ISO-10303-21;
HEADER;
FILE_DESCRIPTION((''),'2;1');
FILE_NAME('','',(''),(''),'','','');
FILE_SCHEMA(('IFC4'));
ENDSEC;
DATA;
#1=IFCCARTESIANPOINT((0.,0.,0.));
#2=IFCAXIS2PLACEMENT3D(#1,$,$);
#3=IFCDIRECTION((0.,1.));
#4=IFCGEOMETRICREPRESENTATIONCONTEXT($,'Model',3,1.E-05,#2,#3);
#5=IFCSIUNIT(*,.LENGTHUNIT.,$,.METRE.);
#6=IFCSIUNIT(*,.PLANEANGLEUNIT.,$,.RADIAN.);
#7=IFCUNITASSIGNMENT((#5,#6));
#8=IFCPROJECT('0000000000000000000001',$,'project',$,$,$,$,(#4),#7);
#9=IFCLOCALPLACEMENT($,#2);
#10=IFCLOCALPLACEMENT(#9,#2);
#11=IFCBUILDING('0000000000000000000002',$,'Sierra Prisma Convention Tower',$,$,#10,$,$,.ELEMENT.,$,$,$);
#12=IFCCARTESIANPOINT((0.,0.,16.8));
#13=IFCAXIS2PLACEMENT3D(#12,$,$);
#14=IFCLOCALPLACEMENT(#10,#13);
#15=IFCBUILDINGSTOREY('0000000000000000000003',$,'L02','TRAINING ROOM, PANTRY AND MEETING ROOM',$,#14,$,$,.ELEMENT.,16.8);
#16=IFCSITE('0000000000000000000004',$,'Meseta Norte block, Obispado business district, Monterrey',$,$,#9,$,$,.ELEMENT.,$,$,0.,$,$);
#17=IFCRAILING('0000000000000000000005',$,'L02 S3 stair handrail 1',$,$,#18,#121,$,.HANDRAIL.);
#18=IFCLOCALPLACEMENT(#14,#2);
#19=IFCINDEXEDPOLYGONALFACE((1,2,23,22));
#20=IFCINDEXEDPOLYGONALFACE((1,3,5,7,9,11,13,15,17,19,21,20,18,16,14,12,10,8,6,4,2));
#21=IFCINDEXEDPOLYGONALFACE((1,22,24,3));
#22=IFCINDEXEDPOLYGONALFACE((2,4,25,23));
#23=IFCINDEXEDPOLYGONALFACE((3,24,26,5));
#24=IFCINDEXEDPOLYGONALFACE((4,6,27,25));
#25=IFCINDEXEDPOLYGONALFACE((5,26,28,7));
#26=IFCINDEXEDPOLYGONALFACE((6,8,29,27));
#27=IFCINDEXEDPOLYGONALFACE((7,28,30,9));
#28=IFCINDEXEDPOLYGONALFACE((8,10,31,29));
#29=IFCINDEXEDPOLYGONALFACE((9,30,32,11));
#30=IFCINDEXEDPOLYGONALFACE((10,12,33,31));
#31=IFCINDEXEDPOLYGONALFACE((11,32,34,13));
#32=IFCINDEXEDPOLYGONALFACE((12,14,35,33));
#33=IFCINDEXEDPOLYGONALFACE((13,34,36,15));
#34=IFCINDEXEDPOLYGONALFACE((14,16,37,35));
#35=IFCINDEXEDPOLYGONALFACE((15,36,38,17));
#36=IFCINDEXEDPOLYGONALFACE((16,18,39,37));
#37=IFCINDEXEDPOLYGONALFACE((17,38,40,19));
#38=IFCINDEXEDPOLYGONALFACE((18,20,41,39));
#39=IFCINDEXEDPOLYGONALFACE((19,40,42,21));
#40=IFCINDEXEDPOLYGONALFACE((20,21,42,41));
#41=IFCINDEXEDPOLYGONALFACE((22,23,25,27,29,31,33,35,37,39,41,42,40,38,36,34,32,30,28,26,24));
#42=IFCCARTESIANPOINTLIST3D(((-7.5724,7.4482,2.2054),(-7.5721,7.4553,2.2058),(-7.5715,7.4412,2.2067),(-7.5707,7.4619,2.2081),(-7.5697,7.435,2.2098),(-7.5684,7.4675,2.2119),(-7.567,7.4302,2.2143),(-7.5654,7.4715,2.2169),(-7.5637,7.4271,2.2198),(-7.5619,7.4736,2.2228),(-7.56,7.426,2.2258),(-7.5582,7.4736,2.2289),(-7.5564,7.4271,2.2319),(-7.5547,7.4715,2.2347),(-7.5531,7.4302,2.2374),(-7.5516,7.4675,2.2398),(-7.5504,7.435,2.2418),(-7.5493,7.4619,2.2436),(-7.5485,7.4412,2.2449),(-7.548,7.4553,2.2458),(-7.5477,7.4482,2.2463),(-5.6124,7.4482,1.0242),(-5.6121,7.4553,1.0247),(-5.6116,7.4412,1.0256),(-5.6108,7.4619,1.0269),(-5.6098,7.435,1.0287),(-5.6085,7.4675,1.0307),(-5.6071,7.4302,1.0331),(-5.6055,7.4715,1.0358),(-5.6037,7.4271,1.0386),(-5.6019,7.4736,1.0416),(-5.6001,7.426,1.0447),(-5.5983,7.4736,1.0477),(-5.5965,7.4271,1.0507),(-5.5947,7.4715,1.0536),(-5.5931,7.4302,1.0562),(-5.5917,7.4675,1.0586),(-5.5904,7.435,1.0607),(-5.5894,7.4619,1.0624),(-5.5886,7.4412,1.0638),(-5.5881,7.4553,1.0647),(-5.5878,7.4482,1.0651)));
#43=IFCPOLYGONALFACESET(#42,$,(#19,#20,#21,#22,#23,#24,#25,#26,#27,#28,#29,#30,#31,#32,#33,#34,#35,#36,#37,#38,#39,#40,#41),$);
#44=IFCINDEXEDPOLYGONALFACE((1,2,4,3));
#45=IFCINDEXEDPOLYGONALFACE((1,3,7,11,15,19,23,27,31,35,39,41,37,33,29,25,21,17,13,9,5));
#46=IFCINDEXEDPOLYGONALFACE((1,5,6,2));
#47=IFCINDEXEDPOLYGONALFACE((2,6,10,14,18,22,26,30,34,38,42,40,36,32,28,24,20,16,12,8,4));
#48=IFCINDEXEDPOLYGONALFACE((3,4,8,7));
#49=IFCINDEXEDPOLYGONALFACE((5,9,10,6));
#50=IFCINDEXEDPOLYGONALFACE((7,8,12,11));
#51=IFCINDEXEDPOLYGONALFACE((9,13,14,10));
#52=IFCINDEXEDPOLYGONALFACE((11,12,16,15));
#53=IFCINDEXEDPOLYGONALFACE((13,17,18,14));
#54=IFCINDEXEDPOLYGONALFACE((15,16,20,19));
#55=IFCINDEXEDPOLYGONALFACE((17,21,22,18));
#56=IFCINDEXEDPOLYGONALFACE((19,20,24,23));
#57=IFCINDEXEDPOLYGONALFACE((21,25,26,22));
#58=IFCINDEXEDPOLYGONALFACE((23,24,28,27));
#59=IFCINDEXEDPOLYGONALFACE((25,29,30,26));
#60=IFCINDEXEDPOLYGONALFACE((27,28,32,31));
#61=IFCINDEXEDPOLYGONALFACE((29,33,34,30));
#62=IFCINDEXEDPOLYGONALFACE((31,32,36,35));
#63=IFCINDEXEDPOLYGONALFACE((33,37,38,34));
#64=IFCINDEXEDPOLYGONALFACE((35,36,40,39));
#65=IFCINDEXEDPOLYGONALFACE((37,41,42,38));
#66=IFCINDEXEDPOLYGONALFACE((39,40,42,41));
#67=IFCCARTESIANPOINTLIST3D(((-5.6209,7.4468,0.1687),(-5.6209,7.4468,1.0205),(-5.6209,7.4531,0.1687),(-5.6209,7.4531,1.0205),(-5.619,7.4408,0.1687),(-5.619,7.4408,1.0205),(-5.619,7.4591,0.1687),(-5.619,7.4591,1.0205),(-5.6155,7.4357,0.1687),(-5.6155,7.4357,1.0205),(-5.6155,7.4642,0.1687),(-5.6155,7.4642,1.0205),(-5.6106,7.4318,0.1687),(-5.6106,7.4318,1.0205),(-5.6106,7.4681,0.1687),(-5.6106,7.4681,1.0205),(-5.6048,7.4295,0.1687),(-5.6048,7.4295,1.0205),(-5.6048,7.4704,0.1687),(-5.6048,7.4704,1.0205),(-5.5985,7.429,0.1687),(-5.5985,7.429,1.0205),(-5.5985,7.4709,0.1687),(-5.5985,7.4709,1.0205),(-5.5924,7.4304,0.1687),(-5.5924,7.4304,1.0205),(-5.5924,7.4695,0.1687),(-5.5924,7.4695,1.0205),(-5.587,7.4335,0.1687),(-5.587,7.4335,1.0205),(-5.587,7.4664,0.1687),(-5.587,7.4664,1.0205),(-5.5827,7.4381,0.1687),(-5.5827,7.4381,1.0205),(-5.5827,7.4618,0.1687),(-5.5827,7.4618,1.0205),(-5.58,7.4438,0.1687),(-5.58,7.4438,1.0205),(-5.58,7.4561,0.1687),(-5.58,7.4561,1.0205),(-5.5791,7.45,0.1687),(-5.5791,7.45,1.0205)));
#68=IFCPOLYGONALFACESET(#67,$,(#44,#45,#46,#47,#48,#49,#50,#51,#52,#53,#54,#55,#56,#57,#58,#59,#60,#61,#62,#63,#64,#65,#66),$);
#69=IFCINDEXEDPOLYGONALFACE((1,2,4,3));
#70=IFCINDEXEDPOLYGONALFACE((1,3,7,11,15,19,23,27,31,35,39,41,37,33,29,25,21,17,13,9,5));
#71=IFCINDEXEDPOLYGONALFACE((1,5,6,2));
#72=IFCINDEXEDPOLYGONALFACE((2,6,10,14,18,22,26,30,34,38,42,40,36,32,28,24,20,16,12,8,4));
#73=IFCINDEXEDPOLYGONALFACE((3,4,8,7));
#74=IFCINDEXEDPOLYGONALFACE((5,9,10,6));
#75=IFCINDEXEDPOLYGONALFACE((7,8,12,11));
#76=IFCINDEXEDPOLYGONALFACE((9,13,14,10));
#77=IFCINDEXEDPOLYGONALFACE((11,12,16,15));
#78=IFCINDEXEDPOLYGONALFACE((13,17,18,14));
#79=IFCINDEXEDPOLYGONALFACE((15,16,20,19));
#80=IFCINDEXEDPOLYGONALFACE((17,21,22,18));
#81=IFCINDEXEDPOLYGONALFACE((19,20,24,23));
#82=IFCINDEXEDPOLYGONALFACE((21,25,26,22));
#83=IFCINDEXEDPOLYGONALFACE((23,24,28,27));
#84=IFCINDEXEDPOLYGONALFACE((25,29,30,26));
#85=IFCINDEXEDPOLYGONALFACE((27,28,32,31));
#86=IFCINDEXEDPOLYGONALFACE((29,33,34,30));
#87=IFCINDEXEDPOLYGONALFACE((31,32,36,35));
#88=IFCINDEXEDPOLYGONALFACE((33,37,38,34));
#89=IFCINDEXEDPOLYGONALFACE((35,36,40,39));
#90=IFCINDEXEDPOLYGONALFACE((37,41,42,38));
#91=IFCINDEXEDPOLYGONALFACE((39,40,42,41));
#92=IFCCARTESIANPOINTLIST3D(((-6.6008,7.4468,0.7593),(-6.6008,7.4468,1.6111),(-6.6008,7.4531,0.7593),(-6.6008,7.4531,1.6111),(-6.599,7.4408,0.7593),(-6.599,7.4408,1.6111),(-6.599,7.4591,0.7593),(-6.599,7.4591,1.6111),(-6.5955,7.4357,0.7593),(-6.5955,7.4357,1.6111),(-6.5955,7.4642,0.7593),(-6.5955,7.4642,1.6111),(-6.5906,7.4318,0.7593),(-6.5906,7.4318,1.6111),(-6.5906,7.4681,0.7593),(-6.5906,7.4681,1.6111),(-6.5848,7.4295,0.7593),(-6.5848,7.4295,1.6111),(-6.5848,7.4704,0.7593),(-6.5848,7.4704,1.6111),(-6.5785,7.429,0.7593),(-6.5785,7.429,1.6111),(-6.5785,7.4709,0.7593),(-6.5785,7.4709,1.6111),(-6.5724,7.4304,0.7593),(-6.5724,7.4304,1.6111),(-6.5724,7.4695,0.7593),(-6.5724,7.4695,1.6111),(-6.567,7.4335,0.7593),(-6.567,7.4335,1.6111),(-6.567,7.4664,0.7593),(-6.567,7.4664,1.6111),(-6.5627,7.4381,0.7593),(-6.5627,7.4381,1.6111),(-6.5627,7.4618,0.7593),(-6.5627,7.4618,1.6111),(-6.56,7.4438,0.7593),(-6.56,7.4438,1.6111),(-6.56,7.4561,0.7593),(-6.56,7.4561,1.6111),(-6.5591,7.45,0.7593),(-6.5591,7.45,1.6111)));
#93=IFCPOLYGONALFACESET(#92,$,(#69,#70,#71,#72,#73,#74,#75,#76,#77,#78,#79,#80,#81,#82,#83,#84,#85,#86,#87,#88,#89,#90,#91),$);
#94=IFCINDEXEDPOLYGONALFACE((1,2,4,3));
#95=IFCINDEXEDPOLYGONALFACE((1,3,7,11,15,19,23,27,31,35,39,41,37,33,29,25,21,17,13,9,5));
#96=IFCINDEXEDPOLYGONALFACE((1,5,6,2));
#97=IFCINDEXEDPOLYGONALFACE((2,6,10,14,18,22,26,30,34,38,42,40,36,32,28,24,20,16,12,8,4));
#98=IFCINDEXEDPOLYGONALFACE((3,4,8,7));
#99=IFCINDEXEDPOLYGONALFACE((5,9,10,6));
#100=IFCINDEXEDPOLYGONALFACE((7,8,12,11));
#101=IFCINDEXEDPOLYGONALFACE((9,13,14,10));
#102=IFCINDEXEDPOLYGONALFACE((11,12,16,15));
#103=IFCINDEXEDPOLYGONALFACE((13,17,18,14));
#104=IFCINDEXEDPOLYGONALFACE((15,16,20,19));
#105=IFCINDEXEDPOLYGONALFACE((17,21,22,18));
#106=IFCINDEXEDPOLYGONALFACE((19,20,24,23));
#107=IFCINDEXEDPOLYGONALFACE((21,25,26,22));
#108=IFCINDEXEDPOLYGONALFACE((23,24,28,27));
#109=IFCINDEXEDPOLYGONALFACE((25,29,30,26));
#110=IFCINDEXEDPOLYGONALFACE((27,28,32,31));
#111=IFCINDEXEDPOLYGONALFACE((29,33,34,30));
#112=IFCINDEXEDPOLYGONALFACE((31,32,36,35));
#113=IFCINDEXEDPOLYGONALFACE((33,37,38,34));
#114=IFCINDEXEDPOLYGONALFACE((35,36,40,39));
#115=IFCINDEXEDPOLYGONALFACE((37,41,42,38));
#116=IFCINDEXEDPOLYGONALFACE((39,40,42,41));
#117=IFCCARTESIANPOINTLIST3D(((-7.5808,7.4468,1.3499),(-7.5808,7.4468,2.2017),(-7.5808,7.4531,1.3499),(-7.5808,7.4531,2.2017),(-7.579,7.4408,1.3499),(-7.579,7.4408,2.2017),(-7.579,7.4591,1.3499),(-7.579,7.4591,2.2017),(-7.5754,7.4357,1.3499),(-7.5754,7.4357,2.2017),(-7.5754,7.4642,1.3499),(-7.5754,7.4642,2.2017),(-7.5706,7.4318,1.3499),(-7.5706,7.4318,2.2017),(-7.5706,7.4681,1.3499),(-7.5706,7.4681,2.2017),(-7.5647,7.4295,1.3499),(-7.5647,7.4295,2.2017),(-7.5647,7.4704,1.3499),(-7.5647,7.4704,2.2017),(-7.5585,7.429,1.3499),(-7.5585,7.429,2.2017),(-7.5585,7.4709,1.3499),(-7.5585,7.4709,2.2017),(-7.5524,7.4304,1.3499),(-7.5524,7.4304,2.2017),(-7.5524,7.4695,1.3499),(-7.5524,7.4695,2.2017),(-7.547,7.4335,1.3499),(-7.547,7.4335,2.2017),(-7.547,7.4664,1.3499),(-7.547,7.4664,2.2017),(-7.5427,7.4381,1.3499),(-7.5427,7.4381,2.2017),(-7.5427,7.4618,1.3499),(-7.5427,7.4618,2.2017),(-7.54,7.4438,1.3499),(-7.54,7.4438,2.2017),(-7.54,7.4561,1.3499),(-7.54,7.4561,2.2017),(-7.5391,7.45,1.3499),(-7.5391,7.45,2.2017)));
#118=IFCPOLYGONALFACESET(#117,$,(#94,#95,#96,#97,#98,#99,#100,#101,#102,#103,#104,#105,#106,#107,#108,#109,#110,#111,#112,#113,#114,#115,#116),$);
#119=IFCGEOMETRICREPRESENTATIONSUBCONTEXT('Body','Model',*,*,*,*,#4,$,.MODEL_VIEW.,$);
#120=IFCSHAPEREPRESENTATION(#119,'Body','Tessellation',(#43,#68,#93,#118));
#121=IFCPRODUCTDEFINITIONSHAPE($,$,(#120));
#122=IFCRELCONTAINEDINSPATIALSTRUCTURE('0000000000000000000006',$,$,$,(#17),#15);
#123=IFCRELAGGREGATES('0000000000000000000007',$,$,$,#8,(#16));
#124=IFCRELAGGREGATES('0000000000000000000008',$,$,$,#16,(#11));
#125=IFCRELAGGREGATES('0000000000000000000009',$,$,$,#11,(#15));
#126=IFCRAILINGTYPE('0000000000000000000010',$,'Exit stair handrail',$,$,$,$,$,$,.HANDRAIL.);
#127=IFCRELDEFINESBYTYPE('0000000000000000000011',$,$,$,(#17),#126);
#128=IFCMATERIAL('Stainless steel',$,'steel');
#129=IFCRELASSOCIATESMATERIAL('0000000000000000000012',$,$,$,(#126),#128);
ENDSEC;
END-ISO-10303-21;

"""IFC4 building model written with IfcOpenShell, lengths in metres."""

from ifc_helpers import new_model, si_unit, direction, frame, origin, origin_2d, place, context, subcontext, project, spatial, circle, extrude, material, type_object, element, save


model = new_model("IFC4")

# Units and contexts
model_context = context("Model", 3, precision=1e-05, world=origin(), true_north=direction((0.0, 1.0)))
body_context = subcontext(model_context, "Body", "Model", "MODEL_VIEW")
ifc_project = project(units=[si_unit("LENGTHUNIT", "METRE"), si_unit("PLANEANGLEUNIT", "RADIAN")], contexts=[model_context])

# Site, building, storey
site_placement = place(None, origin())
site = spatial("IfcSite", under=ifc_project, at=site_placement, Name="Meseta Norte block, Obispado business district, Monterrey", CompositionType="ELEMENT", RefElevation=0.0)
building_placement = place(site_placement, origin())
building = spatial("IfcBuilding", under=site, at=building_placement, Name="Sierra Prisma Convention Tower", CompositionType="ELEMENT")
storey_placement = place(building_placement, frame((0.0, 0.0, 16.8)))
storey = spatial("IfcBuildingStorey", under=building, at=storey_placement, Name="L02", Description="TRAINING ROOM, PANTRY AND MEETING ROOM", CompositionType="ELEMENT", Elevation=16.8)

# Railing
ifc_material_1 = material(Name="Stainless steel", Category="steel")
railing_type_1 = type_object("IfcRailingType", Name="Exit stair handrail", PredefinedType="HANDRAIL", material=ifc_material_1)
railing_1_placement = place(storey_placement, frame((-5.6001, 7.45, 0.1687)))
element("IfcRailing", 1, at=railing_1_placement, inside=storey, type_object=railing_type_1, Name="L02 S3 stair handrail 1", PredefinedType="HANDRAIL", context=body_context, shape_type="SweptSolid", body=[
    extrude(circle(Radius=0.0239, at=origin_2d()), frame((0.0, 0.0, 0.876), z_axis=(-0.856493, 0.0, 0.516158), x_axis=(0.0, -1.0, 0.0)), (0.0, 0.0, 1.0), 2.2883),
    extrude(circle(Radius=0.021, at=origin_2d()), origin(), (0.0, 0.0, 1.0), 0.8518),
    extrude(circle(Radius=0.021, at=origin_2d()), frame((-0.98, 0.0, 0.5906)), (0.0, 0.0, 1.0), 0.8518),
    extrude(circle(Radius=0.021, at=origin_2d()), frame((-1.96, 0.0, 1.1812)), (0.0, 0.0, 1.0), 0.8518),
])

save(model, "model.ifc")
